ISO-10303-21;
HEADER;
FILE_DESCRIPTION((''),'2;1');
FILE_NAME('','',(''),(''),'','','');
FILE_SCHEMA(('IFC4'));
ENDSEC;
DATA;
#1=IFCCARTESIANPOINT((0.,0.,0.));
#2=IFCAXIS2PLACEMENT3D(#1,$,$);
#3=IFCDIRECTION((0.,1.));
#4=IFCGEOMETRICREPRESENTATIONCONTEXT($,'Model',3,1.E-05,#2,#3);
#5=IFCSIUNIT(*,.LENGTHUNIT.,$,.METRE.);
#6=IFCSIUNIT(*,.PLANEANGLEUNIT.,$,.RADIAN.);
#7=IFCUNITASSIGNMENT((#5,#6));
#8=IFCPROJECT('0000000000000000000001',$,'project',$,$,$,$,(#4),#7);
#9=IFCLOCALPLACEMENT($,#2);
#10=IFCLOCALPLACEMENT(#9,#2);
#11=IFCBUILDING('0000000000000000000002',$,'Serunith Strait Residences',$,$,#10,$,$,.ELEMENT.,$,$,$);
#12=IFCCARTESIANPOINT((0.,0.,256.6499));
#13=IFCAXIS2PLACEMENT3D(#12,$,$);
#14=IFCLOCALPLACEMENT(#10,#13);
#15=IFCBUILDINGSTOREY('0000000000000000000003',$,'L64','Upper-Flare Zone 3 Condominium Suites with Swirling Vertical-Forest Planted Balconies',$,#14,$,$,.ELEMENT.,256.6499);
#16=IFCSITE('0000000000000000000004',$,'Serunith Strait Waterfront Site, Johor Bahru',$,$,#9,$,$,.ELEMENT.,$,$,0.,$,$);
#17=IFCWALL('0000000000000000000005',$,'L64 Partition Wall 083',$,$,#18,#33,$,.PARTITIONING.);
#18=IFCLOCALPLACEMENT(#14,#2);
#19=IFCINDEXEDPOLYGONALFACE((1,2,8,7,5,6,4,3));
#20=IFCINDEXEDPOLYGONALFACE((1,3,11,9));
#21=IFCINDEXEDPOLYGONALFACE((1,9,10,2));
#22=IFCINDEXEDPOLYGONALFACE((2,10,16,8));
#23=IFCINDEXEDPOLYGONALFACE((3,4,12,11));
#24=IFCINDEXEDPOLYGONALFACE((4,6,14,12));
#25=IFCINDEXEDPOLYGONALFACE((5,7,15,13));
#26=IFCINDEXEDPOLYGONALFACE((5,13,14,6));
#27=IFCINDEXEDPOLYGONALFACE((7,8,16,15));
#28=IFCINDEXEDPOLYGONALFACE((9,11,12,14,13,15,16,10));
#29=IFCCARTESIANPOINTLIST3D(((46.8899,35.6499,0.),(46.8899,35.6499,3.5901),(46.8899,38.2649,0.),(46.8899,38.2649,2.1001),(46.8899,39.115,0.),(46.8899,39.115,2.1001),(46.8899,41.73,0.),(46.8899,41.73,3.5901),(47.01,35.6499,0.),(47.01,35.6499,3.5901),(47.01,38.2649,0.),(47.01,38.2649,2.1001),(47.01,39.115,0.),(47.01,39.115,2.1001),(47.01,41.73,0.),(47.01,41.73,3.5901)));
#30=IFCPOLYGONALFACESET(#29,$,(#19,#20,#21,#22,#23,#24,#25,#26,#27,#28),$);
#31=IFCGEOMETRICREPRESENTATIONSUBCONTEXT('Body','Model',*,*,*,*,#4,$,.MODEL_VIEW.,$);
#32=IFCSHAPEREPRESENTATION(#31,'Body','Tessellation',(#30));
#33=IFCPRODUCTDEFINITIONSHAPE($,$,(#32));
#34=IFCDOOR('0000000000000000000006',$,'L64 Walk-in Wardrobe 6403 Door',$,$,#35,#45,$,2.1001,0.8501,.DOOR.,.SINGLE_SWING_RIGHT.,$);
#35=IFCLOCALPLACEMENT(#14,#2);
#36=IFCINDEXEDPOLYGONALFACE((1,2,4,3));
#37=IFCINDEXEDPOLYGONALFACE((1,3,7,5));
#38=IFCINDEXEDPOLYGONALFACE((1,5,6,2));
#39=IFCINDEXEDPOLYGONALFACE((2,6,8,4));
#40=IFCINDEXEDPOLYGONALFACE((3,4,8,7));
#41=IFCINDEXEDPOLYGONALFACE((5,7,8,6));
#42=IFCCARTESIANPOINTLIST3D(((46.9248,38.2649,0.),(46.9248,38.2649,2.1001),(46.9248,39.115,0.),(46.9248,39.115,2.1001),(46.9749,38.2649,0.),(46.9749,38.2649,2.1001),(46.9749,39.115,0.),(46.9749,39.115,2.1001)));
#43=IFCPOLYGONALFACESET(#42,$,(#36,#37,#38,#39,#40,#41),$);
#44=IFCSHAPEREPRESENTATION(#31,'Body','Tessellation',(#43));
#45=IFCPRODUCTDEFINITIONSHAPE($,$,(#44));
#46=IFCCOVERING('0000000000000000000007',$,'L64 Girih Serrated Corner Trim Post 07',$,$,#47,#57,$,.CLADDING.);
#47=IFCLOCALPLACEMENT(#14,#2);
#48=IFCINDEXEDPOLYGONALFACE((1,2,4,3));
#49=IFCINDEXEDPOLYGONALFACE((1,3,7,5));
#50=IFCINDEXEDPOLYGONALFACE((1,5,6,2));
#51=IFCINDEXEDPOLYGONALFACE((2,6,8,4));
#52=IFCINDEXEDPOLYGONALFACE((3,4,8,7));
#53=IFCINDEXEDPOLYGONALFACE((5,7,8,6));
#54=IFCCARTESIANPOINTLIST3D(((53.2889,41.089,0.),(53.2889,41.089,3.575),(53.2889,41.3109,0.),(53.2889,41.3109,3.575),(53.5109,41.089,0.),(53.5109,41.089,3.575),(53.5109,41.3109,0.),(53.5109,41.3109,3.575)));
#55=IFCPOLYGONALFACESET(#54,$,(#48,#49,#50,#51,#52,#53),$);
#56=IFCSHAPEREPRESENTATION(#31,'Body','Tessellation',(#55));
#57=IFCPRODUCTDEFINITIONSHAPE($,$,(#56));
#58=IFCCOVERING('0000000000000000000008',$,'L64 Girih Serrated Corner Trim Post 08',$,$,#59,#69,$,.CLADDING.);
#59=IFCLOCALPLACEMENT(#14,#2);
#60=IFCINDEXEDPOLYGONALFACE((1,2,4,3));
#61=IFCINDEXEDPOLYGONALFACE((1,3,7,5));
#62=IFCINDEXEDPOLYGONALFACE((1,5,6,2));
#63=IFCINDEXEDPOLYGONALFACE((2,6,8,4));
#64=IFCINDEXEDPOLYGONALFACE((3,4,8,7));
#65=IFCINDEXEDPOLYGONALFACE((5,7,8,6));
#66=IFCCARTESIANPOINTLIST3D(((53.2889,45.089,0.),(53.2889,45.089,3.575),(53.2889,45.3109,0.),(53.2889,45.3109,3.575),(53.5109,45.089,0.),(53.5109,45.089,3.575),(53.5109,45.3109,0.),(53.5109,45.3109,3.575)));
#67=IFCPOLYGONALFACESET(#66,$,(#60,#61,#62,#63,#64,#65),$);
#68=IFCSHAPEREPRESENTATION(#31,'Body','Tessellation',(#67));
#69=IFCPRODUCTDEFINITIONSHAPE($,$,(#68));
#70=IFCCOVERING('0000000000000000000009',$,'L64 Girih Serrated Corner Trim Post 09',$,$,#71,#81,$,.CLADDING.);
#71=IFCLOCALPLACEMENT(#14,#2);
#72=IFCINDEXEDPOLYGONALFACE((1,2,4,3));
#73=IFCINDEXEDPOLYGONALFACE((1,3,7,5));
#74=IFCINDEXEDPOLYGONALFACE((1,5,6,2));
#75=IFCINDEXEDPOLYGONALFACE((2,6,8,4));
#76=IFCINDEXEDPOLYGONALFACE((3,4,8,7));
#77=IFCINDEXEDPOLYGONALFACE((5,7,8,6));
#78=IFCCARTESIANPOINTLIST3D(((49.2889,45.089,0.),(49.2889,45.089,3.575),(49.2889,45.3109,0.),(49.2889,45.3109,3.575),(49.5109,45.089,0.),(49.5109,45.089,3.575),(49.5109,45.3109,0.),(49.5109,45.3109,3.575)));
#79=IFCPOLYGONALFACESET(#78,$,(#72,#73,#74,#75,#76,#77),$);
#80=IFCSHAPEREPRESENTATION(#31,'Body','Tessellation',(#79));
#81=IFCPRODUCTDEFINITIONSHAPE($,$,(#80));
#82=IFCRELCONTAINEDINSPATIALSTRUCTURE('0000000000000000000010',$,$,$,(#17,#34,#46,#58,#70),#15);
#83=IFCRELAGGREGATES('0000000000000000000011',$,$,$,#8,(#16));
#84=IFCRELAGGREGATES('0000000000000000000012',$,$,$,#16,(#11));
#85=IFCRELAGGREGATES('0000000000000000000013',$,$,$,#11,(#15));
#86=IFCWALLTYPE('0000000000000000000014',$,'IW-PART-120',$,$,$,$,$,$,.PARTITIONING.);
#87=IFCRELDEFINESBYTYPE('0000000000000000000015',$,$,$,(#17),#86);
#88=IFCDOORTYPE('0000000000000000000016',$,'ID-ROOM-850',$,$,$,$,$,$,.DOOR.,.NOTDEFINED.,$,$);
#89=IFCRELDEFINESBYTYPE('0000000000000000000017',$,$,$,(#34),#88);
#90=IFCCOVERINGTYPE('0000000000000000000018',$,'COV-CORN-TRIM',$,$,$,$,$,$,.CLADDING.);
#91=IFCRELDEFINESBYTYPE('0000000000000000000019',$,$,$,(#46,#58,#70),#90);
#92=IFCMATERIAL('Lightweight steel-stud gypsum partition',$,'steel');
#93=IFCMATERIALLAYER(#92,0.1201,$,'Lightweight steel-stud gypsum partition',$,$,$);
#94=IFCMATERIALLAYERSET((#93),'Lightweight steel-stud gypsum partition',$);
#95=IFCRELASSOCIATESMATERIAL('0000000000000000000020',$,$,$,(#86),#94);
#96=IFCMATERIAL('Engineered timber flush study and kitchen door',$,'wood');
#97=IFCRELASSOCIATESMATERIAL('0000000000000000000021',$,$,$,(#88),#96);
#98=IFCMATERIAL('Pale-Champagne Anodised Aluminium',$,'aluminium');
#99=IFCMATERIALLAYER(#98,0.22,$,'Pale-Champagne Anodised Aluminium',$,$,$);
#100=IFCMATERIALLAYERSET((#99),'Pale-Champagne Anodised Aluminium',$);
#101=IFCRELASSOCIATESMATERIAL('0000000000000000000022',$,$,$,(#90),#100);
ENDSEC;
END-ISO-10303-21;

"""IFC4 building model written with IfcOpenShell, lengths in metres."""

from ifc_helpers import new_model, si_unit, direction, frame, frame_2d, origin, origin_2d, place, context, subcontext, project, spatial, rectangle, extrude, source, transform, mapped, material, layer, layer_set, type_object, element, fill, save


model = new_model("IFC4")

# Units and contexts
model_context = context("Model", 3, precision=1e-05, world=origin(), true_north=direction((0.0, 1.0)))
body_context = subcontext(model_context, "Body", "Model", "MODEL_VIEW")
ifc_project = project(units=[si_unit("LENGTHUNIT", "METRE"), si_unit("PLANEANGLEUNIT", "RADIAN")], contexts=[model_context])

# Site, building, storey
site_placement = place(None, origin())
site = spatial("IfcSite", under=ifc_project, at=site_placement, Name="Serunith Strait Waterfront Site, Johor Bahru", CompositionType="ELEMENT", RefElevation=0.0)
building_placement = place(site_placement, origin())
building = spatial("IfcBuilding", under=site, at=building_placement, Name="Serunith Strait Residences", CompositionType="ELEMENT")
storey_placement = place(building_placement, frame((0.0, 0.0, 256.6499)))
storey = spatial("IfcBuildingStorey", under=building, at=storey_placement, Name="L64", Description="Upper-Flare Zone 3 Condominium Suites with Swirling Vertical-Forest Planted Balconies", CompositionType="ELEMENT", Elevation=256.6499)

# Shared definitions
ifc_material_1 = material(Name="Pale-Champagne Anodised Aluminium", Category="aluminium")

# Shared definitions
ifc_material_2 = material(Name="Lightweight steel-stud gypsum partition", Category="steel")
ifc_layer_1 = layer(ifc_material_2, 0.1201, Name="Lightweight steel-stud gypsum partition")
ifc_layer_set_1 = layer_set([ifc_layer_1], Name="Lightweight steel-stud gypsum partition")
wall_type_1 = type_object("IfcWallType", Name="IW-PART-120", PredefinedType="PARTITIONING", material=ifc_layer_set_1)

# Wall, opening, door
wall_1_placement = place(storey_placement, frame((46.95, 41.73, 0.0), z_axis=(0.0, 0.0, 1.0), x_axis=(0.0, -1.0, 0.0)))
wall_1 = element("IfcWall", 1, at=wall_1_placement, inside=storey, type_object=wall_type_1, Name="L64 Partition Wall 083", PredefinedType="PARTITIONING", context=body_context, shape_type="SweptSolid", body=[
    extrude(rectangle(XDim=6.0801, YDim=0.1201, at=frame_2d((3.04, 0.0))), origin(), (0.0, 0.0, 1.0), 3.5901),
])
opening_1_placement = place(wall_1_placement, frame((2.615, 0.0, 0.0)))
opening_1 = element("IfcOpeningElement", 2, at=opening_1_placement, cuts=wall_1, PredefinedType="OPENING", context=body_context, shape_type="SweptSolid", body=[
    extrude(rectangle(XDim=0.8501, YDim=2.1001, at=frame_2d((0.425, 1.05))), frame((0.0, 0.0701, 0.0), z_axis=(0.0, -1.0, 0.0), x_axis=(1.0, 0.0, 0.0)), (0.0, 0.0, 1.0), 0.1401),
])
ifc_material_3 = material(Name="Engineered timber flush study and kitchen door", Category="wood")
door_type_1 = type_object("IfcDoorType", Name="ID-ROOM-850", OperationType="NOTDEFINED", PredefinedType="DOOR", material=ifc_material_3)
shared_shape_1 = source(origin(), body_context, "Body", "SweptSolid", [
    extrude(rectangle(XDim=0.8501, YDim=2.1001, at=frame_2d((0.425, 1.05))), frame((0.0, 0.0249, 0.0), z_axis=(0.0, -1.0, 0.0), x_axis=(1.0, 0.0, 0.0)), (0.0, 0.0, 1.0), 0.05),
])
door_1_placement = place(opening_1_placement, origin())
door_1 = element("IfcDoor", 3, at=door_1_placement, inside=storey, type_object=door_type_1, Name="L64 Walk-in Wardrobe 6403 Door", OperationType="SINGLE_SWING_RIGHT", OverallHeight=2.1001, OverallWidth=0.8501, PredefinedType="DOOR", context=body_context, shape_type="MappedRepresentation", body=[
    mapped(shared_shape_1, transform((0.0, 0.0, 0.0), scale=1.0)),
])
fill(opening_1, door_1)

# Coverings
ifc_layer_2 = layer(ifc_material_1, 0.22, Name="Pale-Champagne Anodised Aluminium")
ifc_layer_set_2 = layer_set([ifc_layer_2], Name="Pale-Champagne Anodised Aluminium")
covering_type = type_object("IfcCoveringType", Name="COV-CORN-TRIM", PredefinedType="CLADDING", material=ifc_layer_set_2)
shared_shape_2 = source(origin(), body_context, "Body", "SweptSolid", [
    extrude(rectangle(XDim=0.2219, YDim=0.2219, at=origin_2d()), origin(), (0.0, 0.0, 1.0), 3.575),
])
for number, where, z_axis, x_axis, name in (
    (4, (53.3999, 41.2, 0.0), (0.0, 0.0, 1.0), (1.0, 0.0, 0.0), "L64 Girih Serrated Corner Trim Post 07"),
    (5, (53.3999, 45.2, 0.0), (0.0, 0.0, 1.0), (1.0, 0.0, 0.0), "L64 Girih Serrated Corner Trim Post 08"),
    (6, (49.3999, 45.2, 0.0), (0.0, 0.0, 1.0), (1.0, 0.0, 0.0), "L64 Girih Serrated Corner Trim Post 09"),
):
    element("IfcCovering", number, at=place(storey_placement, frame(where, z_axis=z_axis, x_axis=x_axis)), inside=storey, type_object=covering_type, Name=name, PredefinedType="CLADDING", context=body_context, shape_type="MappedRepresentation", body=[
        mapped(shared_shape_2, transform((0.0, 0.0, 0.0), scale=1.0)),
    ])

save(model, "model.ifc")
